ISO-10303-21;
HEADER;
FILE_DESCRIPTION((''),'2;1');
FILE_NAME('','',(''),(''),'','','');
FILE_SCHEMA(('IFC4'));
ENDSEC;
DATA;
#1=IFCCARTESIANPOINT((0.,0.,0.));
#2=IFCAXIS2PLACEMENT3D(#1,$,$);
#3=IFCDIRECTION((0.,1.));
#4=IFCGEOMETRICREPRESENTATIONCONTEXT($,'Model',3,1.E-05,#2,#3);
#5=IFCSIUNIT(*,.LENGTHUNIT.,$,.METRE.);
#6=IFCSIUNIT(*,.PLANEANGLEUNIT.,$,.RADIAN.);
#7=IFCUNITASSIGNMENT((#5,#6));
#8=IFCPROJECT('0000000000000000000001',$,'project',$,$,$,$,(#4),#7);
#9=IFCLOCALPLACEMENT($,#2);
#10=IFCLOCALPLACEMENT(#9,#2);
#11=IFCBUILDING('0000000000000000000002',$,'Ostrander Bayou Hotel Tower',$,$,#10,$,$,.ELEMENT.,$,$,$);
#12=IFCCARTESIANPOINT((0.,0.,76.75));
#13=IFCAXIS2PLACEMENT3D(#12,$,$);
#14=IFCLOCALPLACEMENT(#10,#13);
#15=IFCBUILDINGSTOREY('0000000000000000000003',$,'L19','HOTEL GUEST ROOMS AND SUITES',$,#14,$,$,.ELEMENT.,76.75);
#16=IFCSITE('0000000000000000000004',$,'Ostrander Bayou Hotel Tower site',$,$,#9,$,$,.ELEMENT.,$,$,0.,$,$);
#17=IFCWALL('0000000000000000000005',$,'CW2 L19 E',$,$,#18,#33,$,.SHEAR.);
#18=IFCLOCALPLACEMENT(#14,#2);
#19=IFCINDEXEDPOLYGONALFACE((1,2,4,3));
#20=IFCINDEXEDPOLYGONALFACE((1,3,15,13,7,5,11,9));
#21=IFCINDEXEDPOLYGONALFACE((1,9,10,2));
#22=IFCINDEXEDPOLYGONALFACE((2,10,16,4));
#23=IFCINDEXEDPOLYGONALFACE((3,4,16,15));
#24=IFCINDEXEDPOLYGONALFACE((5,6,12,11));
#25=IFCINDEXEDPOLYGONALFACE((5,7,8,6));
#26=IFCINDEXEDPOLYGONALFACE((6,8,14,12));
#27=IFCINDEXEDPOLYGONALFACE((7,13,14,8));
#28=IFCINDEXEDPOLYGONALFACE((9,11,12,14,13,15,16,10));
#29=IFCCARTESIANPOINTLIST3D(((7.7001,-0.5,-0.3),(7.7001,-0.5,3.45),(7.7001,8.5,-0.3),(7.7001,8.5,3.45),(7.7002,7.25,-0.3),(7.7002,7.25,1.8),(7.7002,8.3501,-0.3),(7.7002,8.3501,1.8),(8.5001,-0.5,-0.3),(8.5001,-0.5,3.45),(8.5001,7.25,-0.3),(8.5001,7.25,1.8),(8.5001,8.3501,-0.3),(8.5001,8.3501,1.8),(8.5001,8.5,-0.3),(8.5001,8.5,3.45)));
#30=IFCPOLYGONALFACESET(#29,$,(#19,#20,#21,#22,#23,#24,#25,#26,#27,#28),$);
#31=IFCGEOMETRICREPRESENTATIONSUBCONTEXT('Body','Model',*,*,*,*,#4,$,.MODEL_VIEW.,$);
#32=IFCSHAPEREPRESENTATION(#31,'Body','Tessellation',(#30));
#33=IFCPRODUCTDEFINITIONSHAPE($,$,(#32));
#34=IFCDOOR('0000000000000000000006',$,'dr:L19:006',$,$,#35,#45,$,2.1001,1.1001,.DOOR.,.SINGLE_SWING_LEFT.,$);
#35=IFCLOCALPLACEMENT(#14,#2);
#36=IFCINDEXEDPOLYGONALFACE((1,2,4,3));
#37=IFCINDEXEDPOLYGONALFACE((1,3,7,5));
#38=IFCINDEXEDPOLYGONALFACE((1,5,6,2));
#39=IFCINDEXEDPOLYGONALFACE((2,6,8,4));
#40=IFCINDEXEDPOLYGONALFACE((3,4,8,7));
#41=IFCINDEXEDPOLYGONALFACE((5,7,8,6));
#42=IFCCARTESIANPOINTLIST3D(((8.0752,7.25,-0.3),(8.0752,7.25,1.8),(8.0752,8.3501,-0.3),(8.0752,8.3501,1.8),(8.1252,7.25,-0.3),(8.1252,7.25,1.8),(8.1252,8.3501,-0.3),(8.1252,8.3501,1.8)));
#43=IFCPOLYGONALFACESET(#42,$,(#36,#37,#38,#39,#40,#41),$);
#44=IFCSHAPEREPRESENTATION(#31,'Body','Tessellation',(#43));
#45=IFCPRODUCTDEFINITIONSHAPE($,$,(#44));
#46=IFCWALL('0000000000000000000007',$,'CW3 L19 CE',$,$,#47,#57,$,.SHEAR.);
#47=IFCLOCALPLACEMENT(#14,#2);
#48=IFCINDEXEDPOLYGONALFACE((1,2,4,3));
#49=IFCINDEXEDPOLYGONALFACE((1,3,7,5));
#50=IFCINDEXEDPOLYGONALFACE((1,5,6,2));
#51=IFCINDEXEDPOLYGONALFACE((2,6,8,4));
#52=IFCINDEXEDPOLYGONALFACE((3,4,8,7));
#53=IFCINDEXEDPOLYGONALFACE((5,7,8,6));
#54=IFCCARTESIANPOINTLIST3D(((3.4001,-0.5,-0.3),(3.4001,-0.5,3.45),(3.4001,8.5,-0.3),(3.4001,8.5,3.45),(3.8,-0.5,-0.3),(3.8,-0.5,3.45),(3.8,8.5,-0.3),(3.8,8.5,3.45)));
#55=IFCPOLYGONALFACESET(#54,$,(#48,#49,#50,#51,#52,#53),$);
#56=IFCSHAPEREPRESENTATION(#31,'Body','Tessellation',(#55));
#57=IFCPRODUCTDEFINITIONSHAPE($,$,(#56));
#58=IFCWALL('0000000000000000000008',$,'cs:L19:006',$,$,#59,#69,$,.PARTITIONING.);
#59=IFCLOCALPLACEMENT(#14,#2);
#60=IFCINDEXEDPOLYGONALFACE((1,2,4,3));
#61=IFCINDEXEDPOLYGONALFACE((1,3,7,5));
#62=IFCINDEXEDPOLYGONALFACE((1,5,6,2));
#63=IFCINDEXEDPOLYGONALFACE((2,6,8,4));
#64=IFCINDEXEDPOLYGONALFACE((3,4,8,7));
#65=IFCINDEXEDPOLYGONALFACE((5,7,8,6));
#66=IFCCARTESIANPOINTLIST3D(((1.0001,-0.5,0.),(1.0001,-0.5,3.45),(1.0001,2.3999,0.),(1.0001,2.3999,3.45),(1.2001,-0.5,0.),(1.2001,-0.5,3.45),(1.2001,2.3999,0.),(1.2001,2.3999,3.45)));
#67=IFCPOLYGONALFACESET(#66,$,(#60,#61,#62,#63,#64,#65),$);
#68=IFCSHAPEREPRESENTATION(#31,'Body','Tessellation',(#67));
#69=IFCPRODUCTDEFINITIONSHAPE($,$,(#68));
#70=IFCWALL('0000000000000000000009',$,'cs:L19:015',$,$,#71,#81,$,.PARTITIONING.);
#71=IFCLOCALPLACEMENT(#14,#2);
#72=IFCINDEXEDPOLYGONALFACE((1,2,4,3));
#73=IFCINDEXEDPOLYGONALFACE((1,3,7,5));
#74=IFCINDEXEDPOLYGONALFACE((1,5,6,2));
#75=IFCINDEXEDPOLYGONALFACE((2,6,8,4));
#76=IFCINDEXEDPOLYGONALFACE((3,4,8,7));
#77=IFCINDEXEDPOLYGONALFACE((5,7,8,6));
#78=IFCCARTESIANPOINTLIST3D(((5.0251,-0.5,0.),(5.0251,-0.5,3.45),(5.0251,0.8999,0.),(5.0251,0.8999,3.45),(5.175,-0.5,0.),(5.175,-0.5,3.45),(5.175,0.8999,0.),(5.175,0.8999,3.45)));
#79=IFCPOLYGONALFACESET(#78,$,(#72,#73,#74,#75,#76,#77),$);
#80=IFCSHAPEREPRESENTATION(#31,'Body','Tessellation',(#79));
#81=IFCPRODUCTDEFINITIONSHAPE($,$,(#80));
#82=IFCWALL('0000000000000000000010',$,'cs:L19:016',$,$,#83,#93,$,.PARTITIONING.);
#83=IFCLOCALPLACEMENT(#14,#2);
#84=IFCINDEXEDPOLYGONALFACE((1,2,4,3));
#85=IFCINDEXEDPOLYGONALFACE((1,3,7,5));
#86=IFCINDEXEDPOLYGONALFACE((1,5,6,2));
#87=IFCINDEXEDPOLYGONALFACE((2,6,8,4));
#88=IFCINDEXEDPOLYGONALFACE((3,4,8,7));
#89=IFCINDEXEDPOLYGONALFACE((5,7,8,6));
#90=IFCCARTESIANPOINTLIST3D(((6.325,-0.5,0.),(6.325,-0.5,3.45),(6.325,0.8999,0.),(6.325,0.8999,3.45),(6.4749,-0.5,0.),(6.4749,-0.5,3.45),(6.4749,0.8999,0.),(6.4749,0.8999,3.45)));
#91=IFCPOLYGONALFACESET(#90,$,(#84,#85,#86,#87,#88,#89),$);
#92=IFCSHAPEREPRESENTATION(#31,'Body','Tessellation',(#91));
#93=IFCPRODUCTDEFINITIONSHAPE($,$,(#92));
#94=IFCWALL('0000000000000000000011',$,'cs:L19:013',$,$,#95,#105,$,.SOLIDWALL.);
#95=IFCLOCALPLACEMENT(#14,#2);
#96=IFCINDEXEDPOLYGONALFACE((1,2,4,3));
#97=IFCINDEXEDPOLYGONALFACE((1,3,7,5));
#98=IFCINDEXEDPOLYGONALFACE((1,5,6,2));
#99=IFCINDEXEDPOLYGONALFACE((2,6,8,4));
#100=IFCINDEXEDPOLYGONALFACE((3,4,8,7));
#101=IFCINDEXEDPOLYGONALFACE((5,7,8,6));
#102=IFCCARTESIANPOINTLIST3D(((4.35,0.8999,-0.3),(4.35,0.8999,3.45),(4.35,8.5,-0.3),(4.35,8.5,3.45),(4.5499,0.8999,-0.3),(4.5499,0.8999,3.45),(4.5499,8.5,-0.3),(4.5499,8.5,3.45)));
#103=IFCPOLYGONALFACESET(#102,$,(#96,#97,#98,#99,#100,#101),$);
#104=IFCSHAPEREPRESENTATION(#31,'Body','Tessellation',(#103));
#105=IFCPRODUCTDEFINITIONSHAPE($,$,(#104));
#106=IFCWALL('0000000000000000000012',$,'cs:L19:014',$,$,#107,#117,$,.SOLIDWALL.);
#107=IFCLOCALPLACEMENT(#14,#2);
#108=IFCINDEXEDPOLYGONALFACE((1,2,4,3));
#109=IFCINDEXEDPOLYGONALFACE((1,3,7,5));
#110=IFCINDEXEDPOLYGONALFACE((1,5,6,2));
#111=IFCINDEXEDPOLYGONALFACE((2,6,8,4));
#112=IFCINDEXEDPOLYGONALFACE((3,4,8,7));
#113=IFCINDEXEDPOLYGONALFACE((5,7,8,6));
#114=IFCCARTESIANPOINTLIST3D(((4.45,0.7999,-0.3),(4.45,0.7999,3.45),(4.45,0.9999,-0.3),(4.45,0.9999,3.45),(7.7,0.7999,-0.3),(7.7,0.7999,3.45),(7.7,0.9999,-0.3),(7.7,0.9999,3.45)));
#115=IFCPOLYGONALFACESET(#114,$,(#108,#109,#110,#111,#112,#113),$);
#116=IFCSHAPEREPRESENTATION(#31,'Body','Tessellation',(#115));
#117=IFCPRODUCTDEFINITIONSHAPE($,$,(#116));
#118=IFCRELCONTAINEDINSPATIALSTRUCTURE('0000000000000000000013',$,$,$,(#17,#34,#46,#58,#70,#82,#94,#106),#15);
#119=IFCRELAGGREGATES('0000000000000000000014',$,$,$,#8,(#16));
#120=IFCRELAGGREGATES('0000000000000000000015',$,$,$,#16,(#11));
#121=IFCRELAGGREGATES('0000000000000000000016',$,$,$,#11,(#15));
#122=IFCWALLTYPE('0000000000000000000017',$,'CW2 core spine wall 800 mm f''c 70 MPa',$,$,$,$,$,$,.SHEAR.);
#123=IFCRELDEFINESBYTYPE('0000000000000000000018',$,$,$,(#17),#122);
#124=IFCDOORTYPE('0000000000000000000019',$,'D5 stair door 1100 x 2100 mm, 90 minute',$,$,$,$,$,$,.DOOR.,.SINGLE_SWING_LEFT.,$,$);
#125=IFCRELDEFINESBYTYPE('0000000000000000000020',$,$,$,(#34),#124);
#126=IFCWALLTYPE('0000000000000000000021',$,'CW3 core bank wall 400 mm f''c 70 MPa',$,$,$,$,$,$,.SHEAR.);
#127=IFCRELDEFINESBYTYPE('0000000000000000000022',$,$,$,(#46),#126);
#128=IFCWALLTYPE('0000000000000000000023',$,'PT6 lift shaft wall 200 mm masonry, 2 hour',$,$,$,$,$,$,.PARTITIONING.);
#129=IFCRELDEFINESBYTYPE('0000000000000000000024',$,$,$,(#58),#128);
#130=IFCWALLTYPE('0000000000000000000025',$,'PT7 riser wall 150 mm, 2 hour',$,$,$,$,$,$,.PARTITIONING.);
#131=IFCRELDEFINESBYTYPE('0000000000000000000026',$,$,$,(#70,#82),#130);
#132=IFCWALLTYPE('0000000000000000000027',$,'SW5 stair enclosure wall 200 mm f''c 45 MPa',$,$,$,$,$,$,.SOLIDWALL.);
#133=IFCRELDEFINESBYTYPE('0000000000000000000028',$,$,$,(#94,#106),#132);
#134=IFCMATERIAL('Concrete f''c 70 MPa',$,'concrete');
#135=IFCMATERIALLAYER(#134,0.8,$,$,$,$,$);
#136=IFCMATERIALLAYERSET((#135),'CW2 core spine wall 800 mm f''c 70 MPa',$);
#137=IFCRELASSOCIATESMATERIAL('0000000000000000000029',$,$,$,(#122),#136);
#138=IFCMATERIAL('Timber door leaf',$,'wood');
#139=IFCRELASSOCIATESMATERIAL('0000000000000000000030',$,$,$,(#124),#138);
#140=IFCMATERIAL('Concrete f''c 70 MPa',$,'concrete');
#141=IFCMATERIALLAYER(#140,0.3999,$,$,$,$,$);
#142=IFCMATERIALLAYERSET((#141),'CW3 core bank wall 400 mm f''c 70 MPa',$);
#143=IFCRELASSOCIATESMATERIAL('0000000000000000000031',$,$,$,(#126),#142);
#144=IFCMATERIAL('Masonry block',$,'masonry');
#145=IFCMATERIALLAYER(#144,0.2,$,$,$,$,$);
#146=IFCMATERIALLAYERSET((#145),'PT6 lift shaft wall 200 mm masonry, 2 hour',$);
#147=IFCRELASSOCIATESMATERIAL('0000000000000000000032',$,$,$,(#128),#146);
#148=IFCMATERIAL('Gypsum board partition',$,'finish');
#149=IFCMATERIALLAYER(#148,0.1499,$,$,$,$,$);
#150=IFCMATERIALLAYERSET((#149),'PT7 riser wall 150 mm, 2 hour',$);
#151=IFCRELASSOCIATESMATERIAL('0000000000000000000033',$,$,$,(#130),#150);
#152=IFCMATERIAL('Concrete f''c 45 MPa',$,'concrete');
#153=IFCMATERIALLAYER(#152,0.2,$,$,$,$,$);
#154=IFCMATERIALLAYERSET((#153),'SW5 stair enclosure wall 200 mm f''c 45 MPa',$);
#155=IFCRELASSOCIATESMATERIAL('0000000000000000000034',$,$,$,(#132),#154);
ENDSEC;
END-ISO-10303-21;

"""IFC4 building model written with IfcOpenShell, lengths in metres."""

from ifc_helpers import new_model, si_unit, direction, frame, frame_2d, origin, place, context, subcontext, project, spatial, rectangle, extrude, material, layer, layer_set, type_object, element, fill, save


model = new_model("IFC4")

# Units and contexts
model_context = context("Model", 3, precision=1e-05, world=origin(), true_north=direction((0.0, 1.0)))
body_context = subcontext(model_context, "Body", "Model", "MODEL_VIEW")
ifc_project = project(units=[si_unit("LENGTHUNIT", "METRE"), si_unit("PLANEANGLEUNIT", "RADIAN")], contexts=[model_context])

# Site, building, storey
site_placement = place(None, origin())
site = spatial("IfcSite", under=ifc_project, at=site_placement, Name="Ostrander Bayou Hotel Tower site", CompositionType="ELEMENT", RefElevation=0.0)
building_placement = place(site_placement, origin())
building = spatial("IfcBuilding", under=site, at=building_placement, Name="Ostrander Bayou Hotel Tower", CompositionType="ELEMENT")
storey_placement = place(building_placement, frame((0.0, 0.0, 76.75)))
storey = spatial("IfcBuildingStorey", under=building, at=storey_placement, Name="L19", Description="HOTEL GUEST ROOMS AND SUITES", CompositionType="ELEMENT", Elevation=76.75)

# Wall, opening, door
ifc_material_1 = material(Name="Concrete f'c 70 MPa", Category="concrete")
ifc_layer_1 = layer(ifc_material_1, 0.8)
ifc_layer_set_1 = layer_set([ifc_layer_1], Name="CW2 core spine wall 800 mm f'c 70 MPa")
wall_type_1 = type_object("IfcWallType", Name="CW2 core spine wall 800 mm f'c 70 MPa", PredefinedType="SHEAR", material=ifc_layer_set_1)
wall_1_placement = place(storey_placement, frame((8.1001, -0.5, -0.3), z_axis=(0.0, 0.0, 1.0), x_axis=(0.0, 1.0, 0.0)))
wall_1 = element("IfcWall", 1, at=wall_1_placement, inside=storey, type_object=wall_type_1, Name="CW2 L19 E", PredefinedType="SHEAR", context=body_context, shape_type="SweptSolid", body=[
    extrude(rectangle(XDim=9.0, YDim=0.8, at=frame_2d((4.5, 0.0))), origin(), (0.0, 0.0, 1.0), 3.75),
])
opening_placement = place(wall_1_placement, frame((7.75, 0.0, 0.0)))
opening = element("IfcOpeningElement", 2, at=opening_placement, cuts=wall_1, PredefinedType="OPENING", context=body_context, shape_type="SweptSolid", body=[
    extrude(rectangle(XDim=1.1001, YDim=2.1001, at=frame_2d((0.55, 1.05))), frame((0.0, 0.3999, 0.0), z_axis=(0.0, -1.0, 0.0), x_axis=(1.0, 0.0, 0.0)), (0.0, 0.0, 1.0), 0.8),
])
ifc_material_2 = material(Name="Timber door leaf", Category="wood")
door_type = type_object("IfcDoorType", Name="D5 stair door 1100 x 2100 mm, 90 minute", OperationType="SINGLE_SWING_LEFT", PredefinedType="DOOR", material=ifc_material_2)
door_placement = place(opening_placement, origin())
door = element("IfcDoor", 3, at=door_placement, inside=storey, type_object=door_type, Name="dr:L19:006", OperationType="SINGLE_SWING_LEFT", OverallHeight=2.1001, OverallWidth=1.1001, PredefinedType="DOOR", context=body_context, shape_type="SweptSolid", body=[
    extrude(rectangle(XDim=1.1001, YDim=2.1001, at=frame_2d((0.55, 1.05))), frame((0.0, 0.0249, 0.0), z_axis=(0.0, -1.0, 0.0), x_axis=(1.0, 0.0, 0.0)), (0.0, 0.0, 1.0), 0.05),
])
fill(opening, door)

# Walls
ifc_material_3 = material(Name="Concrete f'c 70 MPa", Category="concrete")
ifc_layer_2 = layer(ifc_material_3, 0.3999)
ifc_layer_set_2 = layer_set([ifc_layer_2], Name="CW3 core bank wall 400 mm f'c 70 MPa")
wall_type_2 = type_object("IfcWallType", Name="CW3 core bank wall 400 mm f'c 70 MPa", PredefinedType="SHEAR", material=ifc_layer_set_2)
wall_2_placement = place(storey_placement, frame((3.6001, -0.5, -0.3), z_axis=(0.0, 0.0, 1.0), x_axis=(0.0, 1.0, 0.0)))
element("IfcWall", 4, at=wall_2_placement, inside=storey, type_object=wall_type_2, Name="CW3 L19 CE", PredefinedType="SHEAR", context=body_context, shape_type="SweptSolid", body=[
    extrude(rectangle(XDim=9.0, YDim=0.3999, at=frame_2d((4.5, 0.0))), origin(), (0.0, 0.0, 1.0), 3.75),
])
ifc_material_4 = material(Name="Masonry block", Category="masonry")
ifc_layer_3 = layer(ifc_material_4, 0.2)
ifc_layer_set_3 = layer_set([ifc_layer_3], Name="PT6 lift shaft wall 200 mm masonry, 2 hour")
wall_type_3 = type_object("IfcWallType", Name="PT6 lift shaft wall 200 mm masonry, 2 hour", PredefinedType="PARTITIONING", material=ifc_layer_set_3)
wall_3_placement = place(storey_placement, frame((1.1001, -0.5, 0.0), z_axis=(0.0, 0.0, 1.0), x_axis=(0.0, 1.0, 0.0)))
element("IfcWall", 5, at=wall_3_placement, inside=storey, type_object=wall_type_3, Name="cs:L19:006", PredefinedType="PARTITIONING", context=body_context, shape_type="SweptSolid", body=[
    extrude(rectangle(XDim=2.8999, YDim=0.2, at=frame_2d((1.45, 0.0))), origin(), (0.0, 0.0, 1.0), 3.45),
])
ifc_material_5 = material(Name="Gypsum board partition", Category="finish")
ifc_layer_4 = layer(ifc_material_5, 0.1499)
ifc_layer_set_4 = layer_set([ifc_layer_4], Name="PT7 riser wall 150 mm, 2 hour")
wall_type_4 = type_object("IfcWallType", Name="PT7 riser wall 150 mm, 2 hour", PredefinedType="PARTITIONING", material=ifc_layer_set_4)
for number, where, z_axis, x_axis, name in (
    (6, (5.1001, -0.5, 0.0), (0.0, 0.0, 1.0), (0.0, 1.0, 0.0), "cs:L19:015"),
    (7, (6.3999, -0.5, 0.0), (0.0, 0.0, 1.0), (0.0, 1.0, 0.0), "cs:L19:016"),
):
    element("IfcWall", number, at=place(storey_placement, frame(where, z_axis=z_axis, x_axis=x_axis)), inside=storey, type_object=wall_type_4, Name=name, PredefinedType="PARTITIONING", context=body_context, shape_type="SweptSolid", body=[
        extrude(rectangle(XDim=1.3999, YDim=0.1499, at=frame_2d((0.7, 0.0))), origin(), (0.0, 0.0, 1.0), 3.45),
    ])
ifc_material_6 = material(Name="Concrete f'c 45 MPa", Category="concrete")
ifc_layer_5 = layer(ifc_material_6, 0.2)
ifc_layer_set_5 = layer_set([ifc_layer_5], Name="SW5 stair enclosure wall 200 mm f'c 45 MPa")
wall_type_5 = type_object("IfcWallType", Name="SW5 stair enclosure wall 200 mm f'c 45 MPa", PredefinedType="SOLIDWALL", material=ifc_layer_set_5)
wall_4_placement = place(storey_placement, frame((4.45, 0.8999, -0.3), z_axis=(0.0, 0.0, 1.0), x_axis=(0.0, 1.0, 0.0)))
element("IfcWall", 8, at=wall_4_placement, inside=storey, type_object=wall_type_5, Name="cs:L19:013", PredefinedType="SOLIDWALL", context=body_context, shape_type="SweptSolid", body=[
    extrude(rectangle(XDim=7.6001, YDim=0.2, at=frame_2d((3.8, 0.0))), origin(), (0.0, 0.0, 1.0), 3.75),
])
wall_5_placement = place(storey_placement, frame((4.45, 0.8999, -0.3), z_axis=(0.0, 0.0, 1.0), x_axis=(1.0, 0.0, 0.0)))
element("IfcWall", 9, at=wall_5_placement, inside=storey, type_object=wall_type_5, Name="cs:L19:014", PredefinedType="SOLIDWALL", context=body_context, shape_type="SweptSolid", body=[
    extrude(rectangle(XDim=3.25, YDim=0.2, at=frame_2d((1.625, 0.0))), origin(), (0.0, 0.0, 1.0), 3.75),
])

save(model, "model.ifc")
